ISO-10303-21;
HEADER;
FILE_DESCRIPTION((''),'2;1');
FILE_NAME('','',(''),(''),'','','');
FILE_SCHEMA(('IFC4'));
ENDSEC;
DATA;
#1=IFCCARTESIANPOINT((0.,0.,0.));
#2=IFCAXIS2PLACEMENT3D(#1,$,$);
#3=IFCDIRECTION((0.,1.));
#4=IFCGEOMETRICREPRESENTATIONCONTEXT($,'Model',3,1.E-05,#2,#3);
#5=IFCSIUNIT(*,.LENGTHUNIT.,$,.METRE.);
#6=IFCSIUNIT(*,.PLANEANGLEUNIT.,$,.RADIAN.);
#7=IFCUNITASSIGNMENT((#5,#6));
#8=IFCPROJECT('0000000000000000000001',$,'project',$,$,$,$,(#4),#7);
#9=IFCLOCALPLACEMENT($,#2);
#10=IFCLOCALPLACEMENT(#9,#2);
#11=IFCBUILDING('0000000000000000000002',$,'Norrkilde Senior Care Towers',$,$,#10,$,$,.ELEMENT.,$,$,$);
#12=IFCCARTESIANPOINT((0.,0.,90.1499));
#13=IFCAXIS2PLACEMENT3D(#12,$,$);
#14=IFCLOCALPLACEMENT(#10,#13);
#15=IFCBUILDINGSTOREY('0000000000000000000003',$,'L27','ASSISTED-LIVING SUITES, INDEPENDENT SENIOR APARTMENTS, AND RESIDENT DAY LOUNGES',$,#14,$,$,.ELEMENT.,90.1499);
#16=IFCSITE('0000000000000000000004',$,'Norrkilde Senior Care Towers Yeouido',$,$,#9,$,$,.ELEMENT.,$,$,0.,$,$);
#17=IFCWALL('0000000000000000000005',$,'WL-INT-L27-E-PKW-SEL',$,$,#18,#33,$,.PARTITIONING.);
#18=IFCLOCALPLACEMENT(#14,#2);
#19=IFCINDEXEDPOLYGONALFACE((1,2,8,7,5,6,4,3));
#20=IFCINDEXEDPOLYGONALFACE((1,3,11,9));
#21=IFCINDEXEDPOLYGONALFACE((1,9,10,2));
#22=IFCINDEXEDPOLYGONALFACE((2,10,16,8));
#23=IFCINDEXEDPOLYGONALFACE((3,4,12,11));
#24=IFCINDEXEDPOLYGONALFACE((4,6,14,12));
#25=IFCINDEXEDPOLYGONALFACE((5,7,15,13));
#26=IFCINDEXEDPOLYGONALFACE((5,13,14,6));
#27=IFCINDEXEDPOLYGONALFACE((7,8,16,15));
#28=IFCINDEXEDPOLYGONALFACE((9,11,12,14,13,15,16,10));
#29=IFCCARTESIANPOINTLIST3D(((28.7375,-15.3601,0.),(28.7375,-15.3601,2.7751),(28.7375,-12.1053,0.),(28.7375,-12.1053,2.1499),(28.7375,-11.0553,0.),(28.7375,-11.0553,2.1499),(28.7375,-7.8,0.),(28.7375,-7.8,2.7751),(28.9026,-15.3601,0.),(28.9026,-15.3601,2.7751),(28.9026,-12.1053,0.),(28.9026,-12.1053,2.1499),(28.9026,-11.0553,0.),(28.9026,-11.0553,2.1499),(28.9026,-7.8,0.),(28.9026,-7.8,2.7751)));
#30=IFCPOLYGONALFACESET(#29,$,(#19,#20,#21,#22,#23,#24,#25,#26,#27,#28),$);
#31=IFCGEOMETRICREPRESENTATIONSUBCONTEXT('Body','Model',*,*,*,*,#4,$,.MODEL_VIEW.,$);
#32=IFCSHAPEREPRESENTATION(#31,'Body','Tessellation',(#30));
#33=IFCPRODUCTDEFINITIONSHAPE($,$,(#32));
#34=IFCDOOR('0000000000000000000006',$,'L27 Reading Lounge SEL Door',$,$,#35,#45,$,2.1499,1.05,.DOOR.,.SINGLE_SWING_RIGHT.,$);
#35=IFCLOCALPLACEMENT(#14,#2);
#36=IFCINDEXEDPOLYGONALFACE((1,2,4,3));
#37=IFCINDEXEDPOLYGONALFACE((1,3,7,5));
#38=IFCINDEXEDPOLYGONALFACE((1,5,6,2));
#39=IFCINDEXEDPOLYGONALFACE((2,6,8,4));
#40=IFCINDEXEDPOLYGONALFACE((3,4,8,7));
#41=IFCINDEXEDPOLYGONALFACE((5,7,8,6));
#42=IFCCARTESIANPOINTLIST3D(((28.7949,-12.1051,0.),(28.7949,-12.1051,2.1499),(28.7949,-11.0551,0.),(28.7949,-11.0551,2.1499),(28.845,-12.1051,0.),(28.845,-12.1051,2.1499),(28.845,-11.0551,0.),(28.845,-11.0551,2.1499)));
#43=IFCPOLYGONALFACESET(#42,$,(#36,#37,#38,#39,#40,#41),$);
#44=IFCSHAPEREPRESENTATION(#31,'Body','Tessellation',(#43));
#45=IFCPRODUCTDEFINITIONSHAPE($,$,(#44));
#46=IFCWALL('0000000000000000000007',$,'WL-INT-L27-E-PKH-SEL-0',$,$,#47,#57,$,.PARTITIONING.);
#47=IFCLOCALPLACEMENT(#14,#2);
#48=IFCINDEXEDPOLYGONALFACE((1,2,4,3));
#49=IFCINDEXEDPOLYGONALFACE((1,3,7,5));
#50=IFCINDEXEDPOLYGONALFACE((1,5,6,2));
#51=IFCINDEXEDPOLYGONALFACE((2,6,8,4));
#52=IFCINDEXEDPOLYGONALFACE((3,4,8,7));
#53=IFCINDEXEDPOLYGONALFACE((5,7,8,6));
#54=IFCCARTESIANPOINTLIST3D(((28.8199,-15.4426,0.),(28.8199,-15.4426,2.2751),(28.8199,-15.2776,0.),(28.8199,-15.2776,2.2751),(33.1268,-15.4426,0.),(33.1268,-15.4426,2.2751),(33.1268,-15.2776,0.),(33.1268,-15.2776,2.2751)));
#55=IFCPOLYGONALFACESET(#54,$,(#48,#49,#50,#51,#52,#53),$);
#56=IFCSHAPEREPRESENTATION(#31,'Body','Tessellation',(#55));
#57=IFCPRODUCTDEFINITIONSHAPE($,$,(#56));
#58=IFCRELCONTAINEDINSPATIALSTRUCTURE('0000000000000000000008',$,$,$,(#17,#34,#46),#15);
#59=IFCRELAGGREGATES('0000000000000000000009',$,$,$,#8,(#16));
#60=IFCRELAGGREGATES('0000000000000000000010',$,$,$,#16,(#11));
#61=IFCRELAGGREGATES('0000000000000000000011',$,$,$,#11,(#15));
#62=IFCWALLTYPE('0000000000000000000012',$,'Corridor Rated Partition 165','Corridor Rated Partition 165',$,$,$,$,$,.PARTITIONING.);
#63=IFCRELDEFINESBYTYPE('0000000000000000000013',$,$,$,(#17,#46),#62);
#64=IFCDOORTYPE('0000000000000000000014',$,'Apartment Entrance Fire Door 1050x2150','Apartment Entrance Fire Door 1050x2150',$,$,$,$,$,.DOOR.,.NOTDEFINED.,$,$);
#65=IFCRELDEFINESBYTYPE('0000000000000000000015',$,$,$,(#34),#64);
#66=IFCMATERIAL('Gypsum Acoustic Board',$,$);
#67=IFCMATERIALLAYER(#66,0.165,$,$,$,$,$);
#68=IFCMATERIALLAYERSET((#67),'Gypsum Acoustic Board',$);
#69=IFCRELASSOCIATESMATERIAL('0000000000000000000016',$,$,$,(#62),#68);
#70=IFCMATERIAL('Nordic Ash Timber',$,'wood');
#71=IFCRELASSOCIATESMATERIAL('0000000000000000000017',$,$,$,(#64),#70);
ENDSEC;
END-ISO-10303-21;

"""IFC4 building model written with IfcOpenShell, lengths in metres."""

from ifc_helpers import new_model, si_unit, direction, frame, frame_2d, origin, place, context, subcontext, project, spatial, rectangle, extrude, source, transform, mapped, material, layer, layer_set, type_object, type_shapes, element, fill, save


model = new_model("IFC4")

# Units and contexts
model_context = context("Model", 3, precision=1e-05, world=origin(), true_north=direction((0.0, 1.0)))
body_context = subcontext(model_context, "Body", "Model", "MODEL_VIEW")
ifc_project = project(units=[si_unit("LENGTHUNIT", "METRE"), si_unit("PLANEANGLEUNIT", "RADIAN")], contexts=[model_context])

# Site, building, storey
site_placement = place(None, origin())
site = spatial("IfcSite", under=ifc_project, at=site_placement, Name="Norrkilde Senior Care Towers Yeouido", CompositionType="ELEMENT", RefElevation=0.0)
building_placement = place(site_placement, origin())
building = spatial("IfcBuilding", under=site, at=building_placement, Name="Norrkilde Senior Care Towers", CompositionType="ELEMENT")
storey_placement = place(building_placement, frame((0.0, 0.0, 90.1499)))
storey = spatial("IfcBuildingStorey", under=building, at=storey_placement, Name="L27", Description="ASSISTED-LIVING SUITES, INDEPENDENT SENIOR APARTMENTS, AND RESIDENT DAY LOUNGES", CompositionType="ELEMENT", Elevation=90.1499)

# Shared definitions
ifc_material_1 = material(Name="Gypsum Acoustic Board")
ifc_layer_1 = layer(ifc_material_1, 0.165)
ifc_layer_set_1 = layer_set([ifc_layer_1], Name="Gypsum Acoustic Board")
wall_type_1 = type_object("IfcWallType", Name="Corridor Rated Partition 165", Description="Corridor Rated Partition 165", PredefinedType="PARTITIONING", material=ifc_layer_set_1)

# Wall, opening, door
shared_shape_1 = source(origin(), body_context, "Body", "SweptSolid", [
    extrude(rectangle(XDim=7.5601, YDim=0.165, at=frame_2d((3.78, 0.0))), origin(), (0.0, 0.0, 1.0), 2.7751),
])
ifc_material_2 = material(Name="Nordic Ash Timber", Category="wood")
door_type_1 = type_object("IfcDoorType", Name="Apartment Entrance Fire Door 1050x2150", Description="Apartment Entrance Fire Door 1050x2150", OperationType="NOTDEFINED", PredefinedType="DOOR", material=ifc_material_2)
shared_shape_2 = source(origin(), body_context, "Body", "SweptSolid", [
    extrude(rectangle(XDim=1.05, YDim=2.1499, at=frame_2d((0.5249, 1.075))), frame((0.0, 0.0249, 0.0), z_axis=(0.0, -1.0, 0.0), x_axis=(1.0, 0.0, 0.0)), (0.0, 0.0, 1.0), 0.05),
])
type_shapes(door_type_1, [shared_shape_2])
wall_1_placement = place(storey_placement, frame((28.8201, -15.3601, 0.0), z_axis=(0.0, 0.0, 1.0), x_axis=(0.0, 1.0, 0.0)))
wall_1 = element("IfcWall", 1, at=wall_1_placement, inside=storey, type_object=wall_type_1, Name="WL-INT-L27-E-PKW-SEL", PredefinedType="PARTITIONING", context=body_context, shape_type="MappedRepresentation", body=[
    mapped(shared_shape_1, transform((0.0, 0.0, 0.0), x_axis=(1.0, 0.0, 0.0), y_axis=(0.0, 1.0, 0.0), z_axis=(0.0, 0.0, 1.0), scale=1.0)),
])
opening_1_placement = place(wall_1_placement, frame((3.2549, 0.0, 0.0)))
opening_1 = element("IfcOpeningElement", 2, at=opening_1_placement, cuts=wall_1, PredefinedType="OPENING", context=body_context, shape_type="SweptSolid", body=[
    extrude(rectangle(XDim=1.05, YDim=2.1499, at=frame_2d((0.5249, 1.075))), frame((0.0, 0.0925, 0.0), z_axis=(0.0, -1.0, 0.0), x_axis=(1.0, 0.0, 0.0)), (0.0, 0.0, 1.0), 0.1851),
])
door_1_placement = place(opening_1_placement, frame((1.05, 0.0, 0.0), z_axis=(0.0, 0.0, 1.0), x_axis=(-1.0, 0.0, 0.0)))
door_1 = element("IfcDoor", 3, at=door_1_placement, inside=storey, type_object=door_type_1, Name="L27 Reading Lounge SEL Door", OperationType="SINGLE_SWING_RIGHT", OverallHeight=2.1499, OverallWidth=1.05, PredefinedType="DOOR", context=body_context, shape_type="MappedRepresentation", body=[
    mapped(shared_shape_2, transform((0.0, 0.0, 0.0), x_axis=(1.0, 0.0, 0.0), y_axis=(0.0, 1.0, 0.0), z_axis=(0.0, 0.0, 1.0), scale=1.0)),
])
fill(opening_1, door_1)

# Wall
shared_shape_3 = source(origin(), body_context, "Body", "SweptSolid", [
    extrude(rectangle(XDim=4.3069, YDim=0.165, at=frame_2d((2.1533, 0.0))), origin(), (0.0, 0.0, 1.0), 2.2751),
])
wall_2_placement = place(storey_placement, frame((28.8201, -15.3601, 0.0), z_axis=(0.0, 0.0, 1.0), x_axis=(1.0, 0.0, 0.0)))
element("IfcWall", 4, at=wall_2_placement, inside=storey, type_object=wall_type_1, Name="WL-INT-L27-E-PKH-SEL-0", PredefinedType="PARTITIONING", context=body_context, shape_type="MappedRepresentation", body=[
    mapped(shared_shape_3, transform((0.0, 0.0, 0.0), x_axis=(1.0, 0.0, 0.0), y_axis=(0.0, 1.0, 0.0), z_axis=(0.0, 0.0, 1.0), scale=1.0)),
])

save(model, "model.ifc")
